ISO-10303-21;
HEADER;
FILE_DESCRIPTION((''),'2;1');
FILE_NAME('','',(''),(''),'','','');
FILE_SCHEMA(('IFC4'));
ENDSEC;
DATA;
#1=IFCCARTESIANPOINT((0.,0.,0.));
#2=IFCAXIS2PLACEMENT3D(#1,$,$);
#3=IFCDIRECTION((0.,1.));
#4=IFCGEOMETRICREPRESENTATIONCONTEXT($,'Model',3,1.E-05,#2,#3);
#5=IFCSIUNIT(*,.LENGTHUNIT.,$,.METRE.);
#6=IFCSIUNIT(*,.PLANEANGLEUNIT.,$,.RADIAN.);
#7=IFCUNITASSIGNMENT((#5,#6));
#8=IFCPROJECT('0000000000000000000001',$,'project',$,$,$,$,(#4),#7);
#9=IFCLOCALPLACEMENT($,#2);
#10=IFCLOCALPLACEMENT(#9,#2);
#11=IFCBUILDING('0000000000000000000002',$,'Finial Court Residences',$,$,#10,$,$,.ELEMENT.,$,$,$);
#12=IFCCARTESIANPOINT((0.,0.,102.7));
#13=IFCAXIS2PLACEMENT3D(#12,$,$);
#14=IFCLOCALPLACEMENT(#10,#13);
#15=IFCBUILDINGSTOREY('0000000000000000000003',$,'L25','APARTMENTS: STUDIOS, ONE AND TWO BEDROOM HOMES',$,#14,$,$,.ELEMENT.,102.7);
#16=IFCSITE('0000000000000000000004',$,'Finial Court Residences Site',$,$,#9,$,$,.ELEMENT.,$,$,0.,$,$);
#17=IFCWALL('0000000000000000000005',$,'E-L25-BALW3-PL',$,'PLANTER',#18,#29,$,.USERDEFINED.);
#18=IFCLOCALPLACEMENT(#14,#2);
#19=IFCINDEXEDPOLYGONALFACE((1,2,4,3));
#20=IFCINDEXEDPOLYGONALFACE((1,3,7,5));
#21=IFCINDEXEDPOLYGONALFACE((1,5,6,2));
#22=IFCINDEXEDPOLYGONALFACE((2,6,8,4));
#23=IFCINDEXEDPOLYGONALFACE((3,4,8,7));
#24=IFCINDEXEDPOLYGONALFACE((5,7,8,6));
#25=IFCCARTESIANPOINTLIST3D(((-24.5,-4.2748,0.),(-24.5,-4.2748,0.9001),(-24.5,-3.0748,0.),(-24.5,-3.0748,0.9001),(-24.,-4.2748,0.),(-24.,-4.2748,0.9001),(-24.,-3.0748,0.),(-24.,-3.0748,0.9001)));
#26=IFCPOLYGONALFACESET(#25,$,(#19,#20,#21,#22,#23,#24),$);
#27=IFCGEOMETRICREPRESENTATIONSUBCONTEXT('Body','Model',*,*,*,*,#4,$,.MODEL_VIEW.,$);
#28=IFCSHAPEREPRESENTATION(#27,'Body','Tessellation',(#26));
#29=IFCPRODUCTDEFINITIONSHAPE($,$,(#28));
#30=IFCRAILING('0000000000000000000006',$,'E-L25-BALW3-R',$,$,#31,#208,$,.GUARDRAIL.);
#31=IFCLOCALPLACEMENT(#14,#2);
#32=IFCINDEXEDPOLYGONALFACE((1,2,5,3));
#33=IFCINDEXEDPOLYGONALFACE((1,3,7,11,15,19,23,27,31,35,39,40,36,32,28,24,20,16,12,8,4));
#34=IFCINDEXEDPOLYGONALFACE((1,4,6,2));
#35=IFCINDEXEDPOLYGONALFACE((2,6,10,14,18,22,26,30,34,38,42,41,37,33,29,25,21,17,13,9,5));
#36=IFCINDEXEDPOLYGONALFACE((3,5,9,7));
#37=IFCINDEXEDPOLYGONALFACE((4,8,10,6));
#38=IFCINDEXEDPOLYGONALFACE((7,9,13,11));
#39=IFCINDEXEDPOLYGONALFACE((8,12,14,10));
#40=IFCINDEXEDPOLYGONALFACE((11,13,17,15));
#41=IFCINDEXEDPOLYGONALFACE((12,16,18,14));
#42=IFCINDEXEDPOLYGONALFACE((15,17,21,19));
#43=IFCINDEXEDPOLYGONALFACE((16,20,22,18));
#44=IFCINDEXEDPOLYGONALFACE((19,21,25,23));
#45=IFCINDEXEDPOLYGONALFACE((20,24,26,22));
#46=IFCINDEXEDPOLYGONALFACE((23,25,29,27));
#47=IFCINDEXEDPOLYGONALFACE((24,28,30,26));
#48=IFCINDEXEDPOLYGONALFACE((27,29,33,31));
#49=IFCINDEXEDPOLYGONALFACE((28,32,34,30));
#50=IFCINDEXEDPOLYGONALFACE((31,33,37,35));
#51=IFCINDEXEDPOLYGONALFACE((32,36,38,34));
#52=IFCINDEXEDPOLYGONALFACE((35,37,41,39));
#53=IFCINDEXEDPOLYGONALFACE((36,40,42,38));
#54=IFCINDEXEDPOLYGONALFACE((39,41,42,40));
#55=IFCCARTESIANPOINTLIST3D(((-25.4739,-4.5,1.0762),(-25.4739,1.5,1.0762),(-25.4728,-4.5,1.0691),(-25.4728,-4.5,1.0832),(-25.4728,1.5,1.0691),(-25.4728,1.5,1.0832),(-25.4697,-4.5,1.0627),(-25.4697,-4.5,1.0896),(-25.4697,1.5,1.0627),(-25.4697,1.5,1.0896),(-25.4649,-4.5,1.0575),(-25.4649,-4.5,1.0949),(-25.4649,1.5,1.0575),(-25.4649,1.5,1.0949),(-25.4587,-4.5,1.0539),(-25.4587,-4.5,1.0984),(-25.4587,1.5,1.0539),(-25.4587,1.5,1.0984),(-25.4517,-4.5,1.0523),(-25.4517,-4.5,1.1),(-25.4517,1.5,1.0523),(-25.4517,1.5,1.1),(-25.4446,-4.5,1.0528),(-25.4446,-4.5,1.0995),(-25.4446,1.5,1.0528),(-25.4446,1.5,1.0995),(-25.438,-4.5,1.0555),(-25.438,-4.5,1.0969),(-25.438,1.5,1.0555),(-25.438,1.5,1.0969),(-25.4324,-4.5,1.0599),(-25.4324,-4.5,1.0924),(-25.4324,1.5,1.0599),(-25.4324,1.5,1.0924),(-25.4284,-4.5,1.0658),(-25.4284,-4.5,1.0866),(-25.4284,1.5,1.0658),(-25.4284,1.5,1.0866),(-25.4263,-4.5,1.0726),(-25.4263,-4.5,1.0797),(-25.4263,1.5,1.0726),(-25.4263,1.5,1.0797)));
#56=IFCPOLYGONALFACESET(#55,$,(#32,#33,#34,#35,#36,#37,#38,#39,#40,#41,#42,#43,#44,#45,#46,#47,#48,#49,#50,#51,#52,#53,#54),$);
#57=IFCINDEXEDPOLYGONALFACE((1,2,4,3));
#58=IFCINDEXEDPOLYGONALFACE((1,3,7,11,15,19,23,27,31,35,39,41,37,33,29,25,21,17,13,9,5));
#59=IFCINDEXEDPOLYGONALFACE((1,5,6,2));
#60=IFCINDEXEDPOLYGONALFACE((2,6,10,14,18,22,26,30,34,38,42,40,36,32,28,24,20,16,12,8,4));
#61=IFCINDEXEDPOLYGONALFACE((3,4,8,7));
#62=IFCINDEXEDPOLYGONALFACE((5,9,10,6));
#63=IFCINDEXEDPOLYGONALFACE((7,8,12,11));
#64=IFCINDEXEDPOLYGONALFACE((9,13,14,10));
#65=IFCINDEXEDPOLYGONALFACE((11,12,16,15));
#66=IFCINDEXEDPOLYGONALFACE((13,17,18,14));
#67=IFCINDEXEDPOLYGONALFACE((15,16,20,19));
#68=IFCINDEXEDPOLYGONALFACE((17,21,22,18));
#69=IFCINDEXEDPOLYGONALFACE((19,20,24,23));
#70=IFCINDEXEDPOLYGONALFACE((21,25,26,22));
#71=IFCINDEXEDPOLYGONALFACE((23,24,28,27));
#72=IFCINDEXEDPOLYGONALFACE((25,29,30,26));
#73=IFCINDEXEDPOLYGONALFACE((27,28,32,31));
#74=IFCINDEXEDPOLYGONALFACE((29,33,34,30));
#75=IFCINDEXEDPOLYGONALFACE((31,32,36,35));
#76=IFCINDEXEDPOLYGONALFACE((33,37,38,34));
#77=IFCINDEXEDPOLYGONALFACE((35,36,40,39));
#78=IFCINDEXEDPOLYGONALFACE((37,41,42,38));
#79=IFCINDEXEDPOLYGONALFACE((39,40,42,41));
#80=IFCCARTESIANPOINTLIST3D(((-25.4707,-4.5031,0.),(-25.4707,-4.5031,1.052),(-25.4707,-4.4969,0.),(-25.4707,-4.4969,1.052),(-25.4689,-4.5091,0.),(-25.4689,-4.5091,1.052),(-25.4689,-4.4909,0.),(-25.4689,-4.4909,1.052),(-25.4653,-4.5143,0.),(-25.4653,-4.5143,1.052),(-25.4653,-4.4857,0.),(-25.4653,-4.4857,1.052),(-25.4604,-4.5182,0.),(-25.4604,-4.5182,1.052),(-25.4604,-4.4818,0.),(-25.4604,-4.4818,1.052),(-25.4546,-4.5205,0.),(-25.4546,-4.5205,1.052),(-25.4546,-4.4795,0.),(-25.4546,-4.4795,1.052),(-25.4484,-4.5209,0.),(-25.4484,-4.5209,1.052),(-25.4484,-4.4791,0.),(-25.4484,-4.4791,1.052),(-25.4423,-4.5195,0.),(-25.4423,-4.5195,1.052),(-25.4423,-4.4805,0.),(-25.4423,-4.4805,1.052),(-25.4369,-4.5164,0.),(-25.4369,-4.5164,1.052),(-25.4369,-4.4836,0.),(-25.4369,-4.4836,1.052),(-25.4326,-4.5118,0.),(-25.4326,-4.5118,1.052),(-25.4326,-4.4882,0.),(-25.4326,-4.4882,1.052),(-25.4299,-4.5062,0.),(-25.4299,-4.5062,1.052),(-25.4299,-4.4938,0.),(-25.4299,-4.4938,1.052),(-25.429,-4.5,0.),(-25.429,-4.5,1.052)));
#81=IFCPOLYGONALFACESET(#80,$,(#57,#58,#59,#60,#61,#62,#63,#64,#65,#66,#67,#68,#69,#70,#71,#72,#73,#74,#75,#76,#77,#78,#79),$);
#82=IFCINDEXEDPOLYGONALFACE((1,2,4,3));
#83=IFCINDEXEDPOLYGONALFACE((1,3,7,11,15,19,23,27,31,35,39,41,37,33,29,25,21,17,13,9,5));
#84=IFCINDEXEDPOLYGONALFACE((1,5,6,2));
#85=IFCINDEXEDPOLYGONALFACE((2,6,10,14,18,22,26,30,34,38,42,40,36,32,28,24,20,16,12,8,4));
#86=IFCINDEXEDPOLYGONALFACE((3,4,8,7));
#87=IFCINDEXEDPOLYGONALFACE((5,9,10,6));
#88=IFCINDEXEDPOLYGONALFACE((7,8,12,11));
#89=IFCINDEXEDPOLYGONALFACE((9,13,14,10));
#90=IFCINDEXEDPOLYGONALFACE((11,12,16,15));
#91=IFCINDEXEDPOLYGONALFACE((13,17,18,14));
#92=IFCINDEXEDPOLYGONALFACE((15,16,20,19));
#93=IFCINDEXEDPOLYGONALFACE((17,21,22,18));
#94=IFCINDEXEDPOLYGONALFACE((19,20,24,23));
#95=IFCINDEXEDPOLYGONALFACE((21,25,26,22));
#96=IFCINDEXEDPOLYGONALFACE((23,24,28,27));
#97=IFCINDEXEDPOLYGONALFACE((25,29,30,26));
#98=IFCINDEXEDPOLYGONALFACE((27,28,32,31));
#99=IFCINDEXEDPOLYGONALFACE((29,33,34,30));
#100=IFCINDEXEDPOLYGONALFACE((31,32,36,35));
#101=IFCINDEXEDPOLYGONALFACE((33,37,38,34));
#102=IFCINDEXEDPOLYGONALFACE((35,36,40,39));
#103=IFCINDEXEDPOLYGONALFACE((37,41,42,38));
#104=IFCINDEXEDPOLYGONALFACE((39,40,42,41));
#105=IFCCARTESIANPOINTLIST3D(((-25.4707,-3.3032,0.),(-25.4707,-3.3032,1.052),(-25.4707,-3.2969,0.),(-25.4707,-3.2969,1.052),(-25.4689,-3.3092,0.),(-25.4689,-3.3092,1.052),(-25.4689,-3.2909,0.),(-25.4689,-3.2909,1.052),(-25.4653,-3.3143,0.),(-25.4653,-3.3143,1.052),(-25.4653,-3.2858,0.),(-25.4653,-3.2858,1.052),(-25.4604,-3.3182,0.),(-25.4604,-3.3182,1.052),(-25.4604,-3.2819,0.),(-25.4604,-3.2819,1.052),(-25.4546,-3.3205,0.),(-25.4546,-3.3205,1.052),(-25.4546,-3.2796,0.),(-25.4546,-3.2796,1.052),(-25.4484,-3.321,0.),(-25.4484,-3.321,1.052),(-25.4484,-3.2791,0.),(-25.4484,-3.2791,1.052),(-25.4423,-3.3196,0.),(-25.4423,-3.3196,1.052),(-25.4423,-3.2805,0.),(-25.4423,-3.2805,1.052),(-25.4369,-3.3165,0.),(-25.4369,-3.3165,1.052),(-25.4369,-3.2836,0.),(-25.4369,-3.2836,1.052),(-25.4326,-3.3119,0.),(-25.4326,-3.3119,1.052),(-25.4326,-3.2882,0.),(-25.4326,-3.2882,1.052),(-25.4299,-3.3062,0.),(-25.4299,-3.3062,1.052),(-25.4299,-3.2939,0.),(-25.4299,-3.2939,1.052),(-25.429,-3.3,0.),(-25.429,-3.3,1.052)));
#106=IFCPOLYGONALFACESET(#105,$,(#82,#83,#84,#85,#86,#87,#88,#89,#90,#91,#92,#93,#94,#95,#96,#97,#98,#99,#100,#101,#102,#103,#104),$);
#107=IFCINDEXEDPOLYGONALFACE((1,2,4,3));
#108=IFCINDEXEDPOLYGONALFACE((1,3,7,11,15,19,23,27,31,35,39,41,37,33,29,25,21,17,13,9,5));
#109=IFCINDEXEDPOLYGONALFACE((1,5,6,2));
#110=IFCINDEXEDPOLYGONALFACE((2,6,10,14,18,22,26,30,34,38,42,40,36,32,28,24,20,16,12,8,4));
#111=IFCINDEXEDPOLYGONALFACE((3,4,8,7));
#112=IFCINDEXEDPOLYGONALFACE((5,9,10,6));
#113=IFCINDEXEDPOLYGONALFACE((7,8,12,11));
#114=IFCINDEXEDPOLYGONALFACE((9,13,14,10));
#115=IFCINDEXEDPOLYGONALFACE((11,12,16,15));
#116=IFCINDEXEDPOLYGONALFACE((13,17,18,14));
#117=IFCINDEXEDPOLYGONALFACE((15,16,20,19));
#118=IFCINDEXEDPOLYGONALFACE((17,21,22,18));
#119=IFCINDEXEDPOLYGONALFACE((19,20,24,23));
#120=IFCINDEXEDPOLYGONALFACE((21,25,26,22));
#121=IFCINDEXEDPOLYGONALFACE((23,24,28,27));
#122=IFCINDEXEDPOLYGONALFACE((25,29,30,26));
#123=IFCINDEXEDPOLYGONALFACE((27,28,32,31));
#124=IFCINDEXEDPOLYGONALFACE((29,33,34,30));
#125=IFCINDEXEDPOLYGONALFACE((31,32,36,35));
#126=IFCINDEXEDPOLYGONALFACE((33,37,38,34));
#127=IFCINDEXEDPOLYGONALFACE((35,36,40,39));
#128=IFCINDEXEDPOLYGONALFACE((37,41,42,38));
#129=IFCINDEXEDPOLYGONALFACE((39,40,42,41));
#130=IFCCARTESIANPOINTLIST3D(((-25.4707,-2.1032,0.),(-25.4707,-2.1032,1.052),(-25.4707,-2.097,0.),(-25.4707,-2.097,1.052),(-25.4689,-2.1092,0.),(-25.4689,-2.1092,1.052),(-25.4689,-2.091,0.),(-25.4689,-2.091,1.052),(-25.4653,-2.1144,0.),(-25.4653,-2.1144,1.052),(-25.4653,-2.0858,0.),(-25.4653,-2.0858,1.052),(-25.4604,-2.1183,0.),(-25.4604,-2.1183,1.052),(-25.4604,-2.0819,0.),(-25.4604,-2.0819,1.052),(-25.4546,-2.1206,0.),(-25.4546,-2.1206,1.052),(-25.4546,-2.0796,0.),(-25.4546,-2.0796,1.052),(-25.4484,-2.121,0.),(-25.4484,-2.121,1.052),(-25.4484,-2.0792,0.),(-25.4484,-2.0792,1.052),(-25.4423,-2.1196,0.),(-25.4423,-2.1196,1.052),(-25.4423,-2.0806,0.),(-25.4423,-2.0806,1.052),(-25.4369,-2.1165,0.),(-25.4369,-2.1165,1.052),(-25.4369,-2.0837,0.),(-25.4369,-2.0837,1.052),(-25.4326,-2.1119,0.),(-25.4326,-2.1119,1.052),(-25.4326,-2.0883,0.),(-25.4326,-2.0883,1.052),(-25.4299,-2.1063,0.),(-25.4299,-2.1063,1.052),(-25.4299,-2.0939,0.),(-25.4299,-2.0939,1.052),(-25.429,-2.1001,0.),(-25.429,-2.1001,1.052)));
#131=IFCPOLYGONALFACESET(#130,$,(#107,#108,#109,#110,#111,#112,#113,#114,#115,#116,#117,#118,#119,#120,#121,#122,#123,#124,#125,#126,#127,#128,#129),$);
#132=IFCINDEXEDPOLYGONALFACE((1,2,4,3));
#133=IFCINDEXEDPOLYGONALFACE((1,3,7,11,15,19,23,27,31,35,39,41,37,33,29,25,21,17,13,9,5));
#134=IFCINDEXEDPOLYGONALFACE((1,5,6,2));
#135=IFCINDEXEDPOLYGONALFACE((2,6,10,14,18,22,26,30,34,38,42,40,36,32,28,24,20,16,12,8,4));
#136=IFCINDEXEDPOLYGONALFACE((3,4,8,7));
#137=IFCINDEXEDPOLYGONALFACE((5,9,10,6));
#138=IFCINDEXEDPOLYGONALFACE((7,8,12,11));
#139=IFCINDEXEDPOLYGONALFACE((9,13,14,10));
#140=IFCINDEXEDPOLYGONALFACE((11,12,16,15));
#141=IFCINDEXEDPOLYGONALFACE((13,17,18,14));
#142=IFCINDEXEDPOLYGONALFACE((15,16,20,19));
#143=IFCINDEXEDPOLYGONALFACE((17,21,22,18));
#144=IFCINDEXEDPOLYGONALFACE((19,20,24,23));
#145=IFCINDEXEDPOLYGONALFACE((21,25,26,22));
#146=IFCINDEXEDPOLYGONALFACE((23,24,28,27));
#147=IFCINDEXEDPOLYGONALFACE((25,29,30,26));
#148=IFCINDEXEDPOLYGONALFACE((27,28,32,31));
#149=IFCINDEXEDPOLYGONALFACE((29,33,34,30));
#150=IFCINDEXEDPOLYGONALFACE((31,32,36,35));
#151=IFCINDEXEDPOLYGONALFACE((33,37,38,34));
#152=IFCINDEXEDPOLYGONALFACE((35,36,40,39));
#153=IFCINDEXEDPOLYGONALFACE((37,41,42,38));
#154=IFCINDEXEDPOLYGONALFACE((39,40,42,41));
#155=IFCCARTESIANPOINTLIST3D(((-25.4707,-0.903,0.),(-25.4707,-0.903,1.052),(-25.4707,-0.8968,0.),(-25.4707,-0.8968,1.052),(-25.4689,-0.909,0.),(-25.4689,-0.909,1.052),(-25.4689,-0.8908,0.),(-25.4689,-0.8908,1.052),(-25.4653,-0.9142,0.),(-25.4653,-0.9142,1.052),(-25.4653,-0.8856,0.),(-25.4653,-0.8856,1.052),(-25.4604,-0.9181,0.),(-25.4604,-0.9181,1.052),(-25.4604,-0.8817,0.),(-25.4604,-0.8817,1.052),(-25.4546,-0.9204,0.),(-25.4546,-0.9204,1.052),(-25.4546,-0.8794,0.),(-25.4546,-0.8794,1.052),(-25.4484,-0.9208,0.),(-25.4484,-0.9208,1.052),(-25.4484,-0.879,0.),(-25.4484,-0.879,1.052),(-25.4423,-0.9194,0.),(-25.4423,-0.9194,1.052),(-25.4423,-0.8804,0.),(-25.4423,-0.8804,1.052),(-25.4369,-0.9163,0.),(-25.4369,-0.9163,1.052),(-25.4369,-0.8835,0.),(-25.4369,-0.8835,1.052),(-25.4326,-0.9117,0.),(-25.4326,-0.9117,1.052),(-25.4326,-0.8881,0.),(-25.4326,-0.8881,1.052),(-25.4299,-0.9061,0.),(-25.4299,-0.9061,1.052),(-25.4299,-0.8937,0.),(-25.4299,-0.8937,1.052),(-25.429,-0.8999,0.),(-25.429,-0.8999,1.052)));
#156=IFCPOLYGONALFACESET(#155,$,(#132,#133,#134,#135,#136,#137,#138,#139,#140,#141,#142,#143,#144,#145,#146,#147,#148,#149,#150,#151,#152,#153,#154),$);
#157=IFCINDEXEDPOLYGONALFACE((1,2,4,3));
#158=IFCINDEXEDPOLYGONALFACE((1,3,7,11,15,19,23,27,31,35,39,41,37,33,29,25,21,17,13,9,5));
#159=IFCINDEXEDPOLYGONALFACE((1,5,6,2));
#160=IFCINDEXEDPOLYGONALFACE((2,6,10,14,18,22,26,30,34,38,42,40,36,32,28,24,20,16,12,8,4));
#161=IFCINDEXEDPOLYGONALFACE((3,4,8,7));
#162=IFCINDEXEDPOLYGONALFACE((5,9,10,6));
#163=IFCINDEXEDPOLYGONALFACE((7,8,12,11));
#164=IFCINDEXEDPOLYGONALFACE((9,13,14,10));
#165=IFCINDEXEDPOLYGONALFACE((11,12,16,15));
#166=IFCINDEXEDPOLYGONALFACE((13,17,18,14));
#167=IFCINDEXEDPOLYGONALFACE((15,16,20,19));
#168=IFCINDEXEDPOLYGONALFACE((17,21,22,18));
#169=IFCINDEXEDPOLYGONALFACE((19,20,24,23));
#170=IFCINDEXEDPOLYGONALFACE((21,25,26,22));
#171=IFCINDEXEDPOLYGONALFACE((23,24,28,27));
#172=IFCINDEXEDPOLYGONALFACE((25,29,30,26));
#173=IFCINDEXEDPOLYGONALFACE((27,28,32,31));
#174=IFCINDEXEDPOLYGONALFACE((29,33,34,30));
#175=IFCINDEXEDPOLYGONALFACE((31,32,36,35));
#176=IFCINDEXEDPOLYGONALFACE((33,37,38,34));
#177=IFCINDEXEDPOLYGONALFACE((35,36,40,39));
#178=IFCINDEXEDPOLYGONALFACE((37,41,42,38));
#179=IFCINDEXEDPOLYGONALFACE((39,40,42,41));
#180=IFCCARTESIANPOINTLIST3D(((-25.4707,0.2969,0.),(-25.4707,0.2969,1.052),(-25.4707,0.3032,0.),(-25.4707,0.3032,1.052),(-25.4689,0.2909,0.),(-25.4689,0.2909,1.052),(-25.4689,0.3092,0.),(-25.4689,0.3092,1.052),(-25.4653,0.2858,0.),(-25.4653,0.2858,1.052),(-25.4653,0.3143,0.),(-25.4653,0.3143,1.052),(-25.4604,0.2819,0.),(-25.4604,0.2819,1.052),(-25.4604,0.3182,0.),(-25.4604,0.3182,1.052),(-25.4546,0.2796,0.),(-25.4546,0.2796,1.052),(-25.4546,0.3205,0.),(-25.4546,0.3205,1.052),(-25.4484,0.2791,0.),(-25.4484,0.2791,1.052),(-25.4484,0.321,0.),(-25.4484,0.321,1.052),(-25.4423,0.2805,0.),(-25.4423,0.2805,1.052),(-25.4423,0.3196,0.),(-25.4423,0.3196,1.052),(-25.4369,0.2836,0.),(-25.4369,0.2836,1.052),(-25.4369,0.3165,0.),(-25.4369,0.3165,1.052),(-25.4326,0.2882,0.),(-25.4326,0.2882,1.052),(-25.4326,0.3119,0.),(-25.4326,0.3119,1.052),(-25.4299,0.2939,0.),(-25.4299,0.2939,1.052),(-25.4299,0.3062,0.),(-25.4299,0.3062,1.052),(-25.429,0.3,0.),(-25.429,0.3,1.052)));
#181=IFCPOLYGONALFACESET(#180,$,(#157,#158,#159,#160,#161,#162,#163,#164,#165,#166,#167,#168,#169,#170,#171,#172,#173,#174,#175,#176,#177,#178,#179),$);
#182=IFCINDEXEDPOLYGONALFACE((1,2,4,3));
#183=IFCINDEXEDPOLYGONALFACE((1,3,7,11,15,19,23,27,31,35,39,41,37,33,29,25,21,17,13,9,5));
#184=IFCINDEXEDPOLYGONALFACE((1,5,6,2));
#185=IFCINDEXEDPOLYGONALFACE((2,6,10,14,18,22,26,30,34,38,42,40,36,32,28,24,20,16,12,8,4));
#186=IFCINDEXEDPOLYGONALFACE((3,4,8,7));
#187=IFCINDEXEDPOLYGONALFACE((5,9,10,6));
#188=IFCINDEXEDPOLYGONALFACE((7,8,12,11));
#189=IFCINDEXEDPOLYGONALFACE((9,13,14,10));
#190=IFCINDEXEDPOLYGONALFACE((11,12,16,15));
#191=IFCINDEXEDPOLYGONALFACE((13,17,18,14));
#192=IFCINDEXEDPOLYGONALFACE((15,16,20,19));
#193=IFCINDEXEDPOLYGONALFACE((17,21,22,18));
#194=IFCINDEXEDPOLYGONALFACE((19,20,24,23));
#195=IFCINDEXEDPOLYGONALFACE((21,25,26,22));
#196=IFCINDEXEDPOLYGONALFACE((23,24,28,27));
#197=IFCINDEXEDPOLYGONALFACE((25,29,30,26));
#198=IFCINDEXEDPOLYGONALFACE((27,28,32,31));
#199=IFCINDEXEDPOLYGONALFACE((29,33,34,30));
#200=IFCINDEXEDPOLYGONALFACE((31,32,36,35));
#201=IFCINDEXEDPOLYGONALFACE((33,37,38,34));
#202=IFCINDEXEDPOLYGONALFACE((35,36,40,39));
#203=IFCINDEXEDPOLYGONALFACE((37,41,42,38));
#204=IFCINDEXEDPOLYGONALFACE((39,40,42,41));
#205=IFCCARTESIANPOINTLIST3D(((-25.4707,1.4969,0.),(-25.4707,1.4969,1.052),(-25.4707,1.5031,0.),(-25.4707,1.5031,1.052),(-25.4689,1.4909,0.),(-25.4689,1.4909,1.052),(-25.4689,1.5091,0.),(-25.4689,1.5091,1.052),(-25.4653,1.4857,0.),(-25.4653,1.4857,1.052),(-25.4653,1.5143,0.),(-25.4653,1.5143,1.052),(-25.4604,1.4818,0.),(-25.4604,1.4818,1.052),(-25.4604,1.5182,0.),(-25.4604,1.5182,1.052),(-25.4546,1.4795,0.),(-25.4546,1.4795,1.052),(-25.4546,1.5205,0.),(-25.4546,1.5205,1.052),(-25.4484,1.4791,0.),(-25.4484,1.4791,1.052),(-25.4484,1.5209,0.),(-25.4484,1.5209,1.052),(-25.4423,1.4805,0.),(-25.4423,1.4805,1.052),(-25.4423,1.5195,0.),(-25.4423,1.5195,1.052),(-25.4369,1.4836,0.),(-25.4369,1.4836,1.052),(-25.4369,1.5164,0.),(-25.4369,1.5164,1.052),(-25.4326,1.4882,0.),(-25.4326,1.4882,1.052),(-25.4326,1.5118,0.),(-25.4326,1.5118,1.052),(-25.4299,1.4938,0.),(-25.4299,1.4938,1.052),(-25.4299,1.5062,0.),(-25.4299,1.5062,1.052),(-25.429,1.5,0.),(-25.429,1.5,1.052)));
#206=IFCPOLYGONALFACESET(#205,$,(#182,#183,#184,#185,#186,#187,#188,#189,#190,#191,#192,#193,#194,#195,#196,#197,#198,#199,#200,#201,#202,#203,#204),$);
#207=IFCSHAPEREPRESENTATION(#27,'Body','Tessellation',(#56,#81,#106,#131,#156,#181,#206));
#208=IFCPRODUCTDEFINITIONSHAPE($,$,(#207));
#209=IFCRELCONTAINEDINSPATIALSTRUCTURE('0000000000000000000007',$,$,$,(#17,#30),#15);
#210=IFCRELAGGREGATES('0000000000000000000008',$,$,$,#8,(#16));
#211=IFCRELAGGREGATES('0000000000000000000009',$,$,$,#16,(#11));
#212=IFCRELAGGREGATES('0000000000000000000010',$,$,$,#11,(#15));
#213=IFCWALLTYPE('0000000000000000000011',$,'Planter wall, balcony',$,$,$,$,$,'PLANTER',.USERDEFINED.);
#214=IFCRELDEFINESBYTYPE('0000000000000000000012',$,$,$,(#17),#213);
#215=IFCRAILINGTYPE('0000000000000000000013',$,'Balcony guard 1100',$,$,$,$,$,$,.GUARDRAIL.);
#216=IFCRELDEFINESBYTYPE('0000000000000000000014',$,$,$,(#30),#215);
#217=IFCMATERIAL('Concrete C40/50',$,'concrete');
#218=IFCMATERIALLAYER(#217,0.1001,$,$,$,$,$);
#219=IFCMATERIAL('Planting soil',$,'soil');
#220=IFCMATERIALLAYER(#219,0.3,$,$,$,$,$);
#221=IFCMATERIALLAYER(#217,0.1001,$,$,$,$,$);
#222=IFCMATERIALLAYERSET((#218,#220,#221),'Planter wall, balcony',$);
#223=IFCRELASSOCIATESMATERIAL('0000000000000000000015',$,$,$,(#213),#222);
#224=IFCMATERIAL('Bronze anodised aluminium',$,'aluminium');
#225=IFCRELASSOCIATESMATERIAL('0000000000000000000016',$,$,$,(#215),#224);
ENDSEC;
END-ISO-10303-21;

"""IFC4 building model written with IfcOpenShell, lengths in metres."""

from ifc_helpers import new_model, si_unit, direction, frame, frame_2d, origin, origin_2d, place, context, subcontext, project, spatial, rectangle, circle, extrude, material, layer, layer_set, type_object, element, save


model = new_model("IFC4")

# Units and contexts
model_context = context("Model", 3, precision=1e-05, world=origin(), true_north=direction((0.0, 1.0)))
body_context = subcontext(model_context, "Body", "Model", "MODEL_VIEW")
ifc_project = project(units=[si_unit("LENGTHUNIT", "METRE"), si_unit("PLANEANGLEUNIT", "RADIAN")], contexts=[model_context])

# Site, building, storey
site_placement = place(None, origin())
site = spatial("IfcSite", under=ifc_project, at=site_placement, Name="Finial Court Residences Site", CompositionType="ELEMENT", RefElevation=0.0)
building_placement = place(site_placement, origin())
building = spatial("IfcBuilding", under=site, at=building_placement, Name="Finial Court Residences", CompositionType="ELEMENT")
storey_placement = place(building_placement, frame((0.0, 0.0, 102.7)))
storey = spatial("IfcBuildingStorey", under=building, at=storey_placement, Name="L25", Description="APARTMENTS: STUDIOS, ONE AND TWO BEDROOM HOMES", CompositionType="ELEMENT", Elevation=102.7)

# Shared definitions
ifc_material_1 = material(Name="Bronze anodised aluminium", Category="aluminium")

# Wall
ifc_material_2 = material(Name="Concrete C40/50", Category="concrete")
ifc_layer_1 = layer(ifc_material_2, 0.1001)
ifc_material_3 = material(Name="Planting soil", Category="soil")
ifc_layer_2 = layer(ifc_material_3, 0.3)
ifc_layer_3 = layer(ifc_material_2, 0.1001)
ifc_layer_set_1 = layer_set([ifc_layer_1, ifc_layer_2, ifc_layer_3], Name="Planter wall, balcony")
wall_type_1 = type_object("IfcWallType", Name="Planter wall, balcony", ElementType="PLANTER", PredefinedType="USERDEFINED", material=ifc_layer_set_1)
wall_1_placement = place(storey_placement, frame((-24.25, -4.2749, 0.0), z_axis=(0.0, 0.0, 1.0), x_axis=(0.0, 1.0, 0.0)))
element("IfcWall", 1, at=wall_1_placement, inside=storey, type_object=wall_type_1, Name="E-L25-BALW3-PL", ObjectType="PLANTER", PredefinedType="USERDEFINED", context=body_context, shape_type="SweptSolid", body=[
    extrude(rectangle(XDim=1.2, YDim=0.5, at=frame_2d((0.6001, 0.0))), origin(), (0.0, 0.0, 1.0), 0.9001),
])

# Railing
railing_type = type_object("IfcRailingType", Name="Balcony guard 1100", PredefinedType="GUARDRAIL", material=ifc_material_1)
railing_placement = place(storey_placement, frame((-25.45, -4.5, 0.0)))
element("IfcRailing", 2, at=railing_placement, inside=storey, type_object=railing_type, Name="E-L25-BALW3-R", PredefinedType="GUARDRAIL", context=body_context, shape_type="SweptSolid", body=[
    extrude(circle(Radius=0.0239, at=origin_2d()), frame((0.0, 0.0, 1.0762), z_axis=(0.0, 1.0, 0.0), x_axis=(-1.0, 0.0, 0.0)), (0.0, 0.0, 1.0), 6.0),
    extrude(circle(Radius=0.021, at=origin_2d()), origin(), (0.0, 0.0, 1.0), 1.052),
    extrude(circle(Radius=0.021, at=origin_2d()), frame((0.0, 1.2, 0.0)), (0.0, 0.0, 1.0), 1.052),
    extrude(circle(Radius=0.021, at=origin_2d()), frame((0.0, 2.3999, 0.0)), (0.0, 0.0, 1.0), 1.052),
    extrude(circle(Radius=0.021, at=origin_2d()), frame((0.0, 3.6001, 0.0)), (0.0, 0.0, 1.0), 1.052),
    extrude(circle(Radius=0.021, at=origin_2d()), frame((0.0, 4.8, 0.0)), (0.0, 0.0, 1.0), 1.052),
    extrude(circle(Radius=0.021, at=origin_2d()), frame((0.0, 6.0, 0.0)), (0.0, 0.0, 1.0), 1.052),
])

save(model, "model.ifc")
